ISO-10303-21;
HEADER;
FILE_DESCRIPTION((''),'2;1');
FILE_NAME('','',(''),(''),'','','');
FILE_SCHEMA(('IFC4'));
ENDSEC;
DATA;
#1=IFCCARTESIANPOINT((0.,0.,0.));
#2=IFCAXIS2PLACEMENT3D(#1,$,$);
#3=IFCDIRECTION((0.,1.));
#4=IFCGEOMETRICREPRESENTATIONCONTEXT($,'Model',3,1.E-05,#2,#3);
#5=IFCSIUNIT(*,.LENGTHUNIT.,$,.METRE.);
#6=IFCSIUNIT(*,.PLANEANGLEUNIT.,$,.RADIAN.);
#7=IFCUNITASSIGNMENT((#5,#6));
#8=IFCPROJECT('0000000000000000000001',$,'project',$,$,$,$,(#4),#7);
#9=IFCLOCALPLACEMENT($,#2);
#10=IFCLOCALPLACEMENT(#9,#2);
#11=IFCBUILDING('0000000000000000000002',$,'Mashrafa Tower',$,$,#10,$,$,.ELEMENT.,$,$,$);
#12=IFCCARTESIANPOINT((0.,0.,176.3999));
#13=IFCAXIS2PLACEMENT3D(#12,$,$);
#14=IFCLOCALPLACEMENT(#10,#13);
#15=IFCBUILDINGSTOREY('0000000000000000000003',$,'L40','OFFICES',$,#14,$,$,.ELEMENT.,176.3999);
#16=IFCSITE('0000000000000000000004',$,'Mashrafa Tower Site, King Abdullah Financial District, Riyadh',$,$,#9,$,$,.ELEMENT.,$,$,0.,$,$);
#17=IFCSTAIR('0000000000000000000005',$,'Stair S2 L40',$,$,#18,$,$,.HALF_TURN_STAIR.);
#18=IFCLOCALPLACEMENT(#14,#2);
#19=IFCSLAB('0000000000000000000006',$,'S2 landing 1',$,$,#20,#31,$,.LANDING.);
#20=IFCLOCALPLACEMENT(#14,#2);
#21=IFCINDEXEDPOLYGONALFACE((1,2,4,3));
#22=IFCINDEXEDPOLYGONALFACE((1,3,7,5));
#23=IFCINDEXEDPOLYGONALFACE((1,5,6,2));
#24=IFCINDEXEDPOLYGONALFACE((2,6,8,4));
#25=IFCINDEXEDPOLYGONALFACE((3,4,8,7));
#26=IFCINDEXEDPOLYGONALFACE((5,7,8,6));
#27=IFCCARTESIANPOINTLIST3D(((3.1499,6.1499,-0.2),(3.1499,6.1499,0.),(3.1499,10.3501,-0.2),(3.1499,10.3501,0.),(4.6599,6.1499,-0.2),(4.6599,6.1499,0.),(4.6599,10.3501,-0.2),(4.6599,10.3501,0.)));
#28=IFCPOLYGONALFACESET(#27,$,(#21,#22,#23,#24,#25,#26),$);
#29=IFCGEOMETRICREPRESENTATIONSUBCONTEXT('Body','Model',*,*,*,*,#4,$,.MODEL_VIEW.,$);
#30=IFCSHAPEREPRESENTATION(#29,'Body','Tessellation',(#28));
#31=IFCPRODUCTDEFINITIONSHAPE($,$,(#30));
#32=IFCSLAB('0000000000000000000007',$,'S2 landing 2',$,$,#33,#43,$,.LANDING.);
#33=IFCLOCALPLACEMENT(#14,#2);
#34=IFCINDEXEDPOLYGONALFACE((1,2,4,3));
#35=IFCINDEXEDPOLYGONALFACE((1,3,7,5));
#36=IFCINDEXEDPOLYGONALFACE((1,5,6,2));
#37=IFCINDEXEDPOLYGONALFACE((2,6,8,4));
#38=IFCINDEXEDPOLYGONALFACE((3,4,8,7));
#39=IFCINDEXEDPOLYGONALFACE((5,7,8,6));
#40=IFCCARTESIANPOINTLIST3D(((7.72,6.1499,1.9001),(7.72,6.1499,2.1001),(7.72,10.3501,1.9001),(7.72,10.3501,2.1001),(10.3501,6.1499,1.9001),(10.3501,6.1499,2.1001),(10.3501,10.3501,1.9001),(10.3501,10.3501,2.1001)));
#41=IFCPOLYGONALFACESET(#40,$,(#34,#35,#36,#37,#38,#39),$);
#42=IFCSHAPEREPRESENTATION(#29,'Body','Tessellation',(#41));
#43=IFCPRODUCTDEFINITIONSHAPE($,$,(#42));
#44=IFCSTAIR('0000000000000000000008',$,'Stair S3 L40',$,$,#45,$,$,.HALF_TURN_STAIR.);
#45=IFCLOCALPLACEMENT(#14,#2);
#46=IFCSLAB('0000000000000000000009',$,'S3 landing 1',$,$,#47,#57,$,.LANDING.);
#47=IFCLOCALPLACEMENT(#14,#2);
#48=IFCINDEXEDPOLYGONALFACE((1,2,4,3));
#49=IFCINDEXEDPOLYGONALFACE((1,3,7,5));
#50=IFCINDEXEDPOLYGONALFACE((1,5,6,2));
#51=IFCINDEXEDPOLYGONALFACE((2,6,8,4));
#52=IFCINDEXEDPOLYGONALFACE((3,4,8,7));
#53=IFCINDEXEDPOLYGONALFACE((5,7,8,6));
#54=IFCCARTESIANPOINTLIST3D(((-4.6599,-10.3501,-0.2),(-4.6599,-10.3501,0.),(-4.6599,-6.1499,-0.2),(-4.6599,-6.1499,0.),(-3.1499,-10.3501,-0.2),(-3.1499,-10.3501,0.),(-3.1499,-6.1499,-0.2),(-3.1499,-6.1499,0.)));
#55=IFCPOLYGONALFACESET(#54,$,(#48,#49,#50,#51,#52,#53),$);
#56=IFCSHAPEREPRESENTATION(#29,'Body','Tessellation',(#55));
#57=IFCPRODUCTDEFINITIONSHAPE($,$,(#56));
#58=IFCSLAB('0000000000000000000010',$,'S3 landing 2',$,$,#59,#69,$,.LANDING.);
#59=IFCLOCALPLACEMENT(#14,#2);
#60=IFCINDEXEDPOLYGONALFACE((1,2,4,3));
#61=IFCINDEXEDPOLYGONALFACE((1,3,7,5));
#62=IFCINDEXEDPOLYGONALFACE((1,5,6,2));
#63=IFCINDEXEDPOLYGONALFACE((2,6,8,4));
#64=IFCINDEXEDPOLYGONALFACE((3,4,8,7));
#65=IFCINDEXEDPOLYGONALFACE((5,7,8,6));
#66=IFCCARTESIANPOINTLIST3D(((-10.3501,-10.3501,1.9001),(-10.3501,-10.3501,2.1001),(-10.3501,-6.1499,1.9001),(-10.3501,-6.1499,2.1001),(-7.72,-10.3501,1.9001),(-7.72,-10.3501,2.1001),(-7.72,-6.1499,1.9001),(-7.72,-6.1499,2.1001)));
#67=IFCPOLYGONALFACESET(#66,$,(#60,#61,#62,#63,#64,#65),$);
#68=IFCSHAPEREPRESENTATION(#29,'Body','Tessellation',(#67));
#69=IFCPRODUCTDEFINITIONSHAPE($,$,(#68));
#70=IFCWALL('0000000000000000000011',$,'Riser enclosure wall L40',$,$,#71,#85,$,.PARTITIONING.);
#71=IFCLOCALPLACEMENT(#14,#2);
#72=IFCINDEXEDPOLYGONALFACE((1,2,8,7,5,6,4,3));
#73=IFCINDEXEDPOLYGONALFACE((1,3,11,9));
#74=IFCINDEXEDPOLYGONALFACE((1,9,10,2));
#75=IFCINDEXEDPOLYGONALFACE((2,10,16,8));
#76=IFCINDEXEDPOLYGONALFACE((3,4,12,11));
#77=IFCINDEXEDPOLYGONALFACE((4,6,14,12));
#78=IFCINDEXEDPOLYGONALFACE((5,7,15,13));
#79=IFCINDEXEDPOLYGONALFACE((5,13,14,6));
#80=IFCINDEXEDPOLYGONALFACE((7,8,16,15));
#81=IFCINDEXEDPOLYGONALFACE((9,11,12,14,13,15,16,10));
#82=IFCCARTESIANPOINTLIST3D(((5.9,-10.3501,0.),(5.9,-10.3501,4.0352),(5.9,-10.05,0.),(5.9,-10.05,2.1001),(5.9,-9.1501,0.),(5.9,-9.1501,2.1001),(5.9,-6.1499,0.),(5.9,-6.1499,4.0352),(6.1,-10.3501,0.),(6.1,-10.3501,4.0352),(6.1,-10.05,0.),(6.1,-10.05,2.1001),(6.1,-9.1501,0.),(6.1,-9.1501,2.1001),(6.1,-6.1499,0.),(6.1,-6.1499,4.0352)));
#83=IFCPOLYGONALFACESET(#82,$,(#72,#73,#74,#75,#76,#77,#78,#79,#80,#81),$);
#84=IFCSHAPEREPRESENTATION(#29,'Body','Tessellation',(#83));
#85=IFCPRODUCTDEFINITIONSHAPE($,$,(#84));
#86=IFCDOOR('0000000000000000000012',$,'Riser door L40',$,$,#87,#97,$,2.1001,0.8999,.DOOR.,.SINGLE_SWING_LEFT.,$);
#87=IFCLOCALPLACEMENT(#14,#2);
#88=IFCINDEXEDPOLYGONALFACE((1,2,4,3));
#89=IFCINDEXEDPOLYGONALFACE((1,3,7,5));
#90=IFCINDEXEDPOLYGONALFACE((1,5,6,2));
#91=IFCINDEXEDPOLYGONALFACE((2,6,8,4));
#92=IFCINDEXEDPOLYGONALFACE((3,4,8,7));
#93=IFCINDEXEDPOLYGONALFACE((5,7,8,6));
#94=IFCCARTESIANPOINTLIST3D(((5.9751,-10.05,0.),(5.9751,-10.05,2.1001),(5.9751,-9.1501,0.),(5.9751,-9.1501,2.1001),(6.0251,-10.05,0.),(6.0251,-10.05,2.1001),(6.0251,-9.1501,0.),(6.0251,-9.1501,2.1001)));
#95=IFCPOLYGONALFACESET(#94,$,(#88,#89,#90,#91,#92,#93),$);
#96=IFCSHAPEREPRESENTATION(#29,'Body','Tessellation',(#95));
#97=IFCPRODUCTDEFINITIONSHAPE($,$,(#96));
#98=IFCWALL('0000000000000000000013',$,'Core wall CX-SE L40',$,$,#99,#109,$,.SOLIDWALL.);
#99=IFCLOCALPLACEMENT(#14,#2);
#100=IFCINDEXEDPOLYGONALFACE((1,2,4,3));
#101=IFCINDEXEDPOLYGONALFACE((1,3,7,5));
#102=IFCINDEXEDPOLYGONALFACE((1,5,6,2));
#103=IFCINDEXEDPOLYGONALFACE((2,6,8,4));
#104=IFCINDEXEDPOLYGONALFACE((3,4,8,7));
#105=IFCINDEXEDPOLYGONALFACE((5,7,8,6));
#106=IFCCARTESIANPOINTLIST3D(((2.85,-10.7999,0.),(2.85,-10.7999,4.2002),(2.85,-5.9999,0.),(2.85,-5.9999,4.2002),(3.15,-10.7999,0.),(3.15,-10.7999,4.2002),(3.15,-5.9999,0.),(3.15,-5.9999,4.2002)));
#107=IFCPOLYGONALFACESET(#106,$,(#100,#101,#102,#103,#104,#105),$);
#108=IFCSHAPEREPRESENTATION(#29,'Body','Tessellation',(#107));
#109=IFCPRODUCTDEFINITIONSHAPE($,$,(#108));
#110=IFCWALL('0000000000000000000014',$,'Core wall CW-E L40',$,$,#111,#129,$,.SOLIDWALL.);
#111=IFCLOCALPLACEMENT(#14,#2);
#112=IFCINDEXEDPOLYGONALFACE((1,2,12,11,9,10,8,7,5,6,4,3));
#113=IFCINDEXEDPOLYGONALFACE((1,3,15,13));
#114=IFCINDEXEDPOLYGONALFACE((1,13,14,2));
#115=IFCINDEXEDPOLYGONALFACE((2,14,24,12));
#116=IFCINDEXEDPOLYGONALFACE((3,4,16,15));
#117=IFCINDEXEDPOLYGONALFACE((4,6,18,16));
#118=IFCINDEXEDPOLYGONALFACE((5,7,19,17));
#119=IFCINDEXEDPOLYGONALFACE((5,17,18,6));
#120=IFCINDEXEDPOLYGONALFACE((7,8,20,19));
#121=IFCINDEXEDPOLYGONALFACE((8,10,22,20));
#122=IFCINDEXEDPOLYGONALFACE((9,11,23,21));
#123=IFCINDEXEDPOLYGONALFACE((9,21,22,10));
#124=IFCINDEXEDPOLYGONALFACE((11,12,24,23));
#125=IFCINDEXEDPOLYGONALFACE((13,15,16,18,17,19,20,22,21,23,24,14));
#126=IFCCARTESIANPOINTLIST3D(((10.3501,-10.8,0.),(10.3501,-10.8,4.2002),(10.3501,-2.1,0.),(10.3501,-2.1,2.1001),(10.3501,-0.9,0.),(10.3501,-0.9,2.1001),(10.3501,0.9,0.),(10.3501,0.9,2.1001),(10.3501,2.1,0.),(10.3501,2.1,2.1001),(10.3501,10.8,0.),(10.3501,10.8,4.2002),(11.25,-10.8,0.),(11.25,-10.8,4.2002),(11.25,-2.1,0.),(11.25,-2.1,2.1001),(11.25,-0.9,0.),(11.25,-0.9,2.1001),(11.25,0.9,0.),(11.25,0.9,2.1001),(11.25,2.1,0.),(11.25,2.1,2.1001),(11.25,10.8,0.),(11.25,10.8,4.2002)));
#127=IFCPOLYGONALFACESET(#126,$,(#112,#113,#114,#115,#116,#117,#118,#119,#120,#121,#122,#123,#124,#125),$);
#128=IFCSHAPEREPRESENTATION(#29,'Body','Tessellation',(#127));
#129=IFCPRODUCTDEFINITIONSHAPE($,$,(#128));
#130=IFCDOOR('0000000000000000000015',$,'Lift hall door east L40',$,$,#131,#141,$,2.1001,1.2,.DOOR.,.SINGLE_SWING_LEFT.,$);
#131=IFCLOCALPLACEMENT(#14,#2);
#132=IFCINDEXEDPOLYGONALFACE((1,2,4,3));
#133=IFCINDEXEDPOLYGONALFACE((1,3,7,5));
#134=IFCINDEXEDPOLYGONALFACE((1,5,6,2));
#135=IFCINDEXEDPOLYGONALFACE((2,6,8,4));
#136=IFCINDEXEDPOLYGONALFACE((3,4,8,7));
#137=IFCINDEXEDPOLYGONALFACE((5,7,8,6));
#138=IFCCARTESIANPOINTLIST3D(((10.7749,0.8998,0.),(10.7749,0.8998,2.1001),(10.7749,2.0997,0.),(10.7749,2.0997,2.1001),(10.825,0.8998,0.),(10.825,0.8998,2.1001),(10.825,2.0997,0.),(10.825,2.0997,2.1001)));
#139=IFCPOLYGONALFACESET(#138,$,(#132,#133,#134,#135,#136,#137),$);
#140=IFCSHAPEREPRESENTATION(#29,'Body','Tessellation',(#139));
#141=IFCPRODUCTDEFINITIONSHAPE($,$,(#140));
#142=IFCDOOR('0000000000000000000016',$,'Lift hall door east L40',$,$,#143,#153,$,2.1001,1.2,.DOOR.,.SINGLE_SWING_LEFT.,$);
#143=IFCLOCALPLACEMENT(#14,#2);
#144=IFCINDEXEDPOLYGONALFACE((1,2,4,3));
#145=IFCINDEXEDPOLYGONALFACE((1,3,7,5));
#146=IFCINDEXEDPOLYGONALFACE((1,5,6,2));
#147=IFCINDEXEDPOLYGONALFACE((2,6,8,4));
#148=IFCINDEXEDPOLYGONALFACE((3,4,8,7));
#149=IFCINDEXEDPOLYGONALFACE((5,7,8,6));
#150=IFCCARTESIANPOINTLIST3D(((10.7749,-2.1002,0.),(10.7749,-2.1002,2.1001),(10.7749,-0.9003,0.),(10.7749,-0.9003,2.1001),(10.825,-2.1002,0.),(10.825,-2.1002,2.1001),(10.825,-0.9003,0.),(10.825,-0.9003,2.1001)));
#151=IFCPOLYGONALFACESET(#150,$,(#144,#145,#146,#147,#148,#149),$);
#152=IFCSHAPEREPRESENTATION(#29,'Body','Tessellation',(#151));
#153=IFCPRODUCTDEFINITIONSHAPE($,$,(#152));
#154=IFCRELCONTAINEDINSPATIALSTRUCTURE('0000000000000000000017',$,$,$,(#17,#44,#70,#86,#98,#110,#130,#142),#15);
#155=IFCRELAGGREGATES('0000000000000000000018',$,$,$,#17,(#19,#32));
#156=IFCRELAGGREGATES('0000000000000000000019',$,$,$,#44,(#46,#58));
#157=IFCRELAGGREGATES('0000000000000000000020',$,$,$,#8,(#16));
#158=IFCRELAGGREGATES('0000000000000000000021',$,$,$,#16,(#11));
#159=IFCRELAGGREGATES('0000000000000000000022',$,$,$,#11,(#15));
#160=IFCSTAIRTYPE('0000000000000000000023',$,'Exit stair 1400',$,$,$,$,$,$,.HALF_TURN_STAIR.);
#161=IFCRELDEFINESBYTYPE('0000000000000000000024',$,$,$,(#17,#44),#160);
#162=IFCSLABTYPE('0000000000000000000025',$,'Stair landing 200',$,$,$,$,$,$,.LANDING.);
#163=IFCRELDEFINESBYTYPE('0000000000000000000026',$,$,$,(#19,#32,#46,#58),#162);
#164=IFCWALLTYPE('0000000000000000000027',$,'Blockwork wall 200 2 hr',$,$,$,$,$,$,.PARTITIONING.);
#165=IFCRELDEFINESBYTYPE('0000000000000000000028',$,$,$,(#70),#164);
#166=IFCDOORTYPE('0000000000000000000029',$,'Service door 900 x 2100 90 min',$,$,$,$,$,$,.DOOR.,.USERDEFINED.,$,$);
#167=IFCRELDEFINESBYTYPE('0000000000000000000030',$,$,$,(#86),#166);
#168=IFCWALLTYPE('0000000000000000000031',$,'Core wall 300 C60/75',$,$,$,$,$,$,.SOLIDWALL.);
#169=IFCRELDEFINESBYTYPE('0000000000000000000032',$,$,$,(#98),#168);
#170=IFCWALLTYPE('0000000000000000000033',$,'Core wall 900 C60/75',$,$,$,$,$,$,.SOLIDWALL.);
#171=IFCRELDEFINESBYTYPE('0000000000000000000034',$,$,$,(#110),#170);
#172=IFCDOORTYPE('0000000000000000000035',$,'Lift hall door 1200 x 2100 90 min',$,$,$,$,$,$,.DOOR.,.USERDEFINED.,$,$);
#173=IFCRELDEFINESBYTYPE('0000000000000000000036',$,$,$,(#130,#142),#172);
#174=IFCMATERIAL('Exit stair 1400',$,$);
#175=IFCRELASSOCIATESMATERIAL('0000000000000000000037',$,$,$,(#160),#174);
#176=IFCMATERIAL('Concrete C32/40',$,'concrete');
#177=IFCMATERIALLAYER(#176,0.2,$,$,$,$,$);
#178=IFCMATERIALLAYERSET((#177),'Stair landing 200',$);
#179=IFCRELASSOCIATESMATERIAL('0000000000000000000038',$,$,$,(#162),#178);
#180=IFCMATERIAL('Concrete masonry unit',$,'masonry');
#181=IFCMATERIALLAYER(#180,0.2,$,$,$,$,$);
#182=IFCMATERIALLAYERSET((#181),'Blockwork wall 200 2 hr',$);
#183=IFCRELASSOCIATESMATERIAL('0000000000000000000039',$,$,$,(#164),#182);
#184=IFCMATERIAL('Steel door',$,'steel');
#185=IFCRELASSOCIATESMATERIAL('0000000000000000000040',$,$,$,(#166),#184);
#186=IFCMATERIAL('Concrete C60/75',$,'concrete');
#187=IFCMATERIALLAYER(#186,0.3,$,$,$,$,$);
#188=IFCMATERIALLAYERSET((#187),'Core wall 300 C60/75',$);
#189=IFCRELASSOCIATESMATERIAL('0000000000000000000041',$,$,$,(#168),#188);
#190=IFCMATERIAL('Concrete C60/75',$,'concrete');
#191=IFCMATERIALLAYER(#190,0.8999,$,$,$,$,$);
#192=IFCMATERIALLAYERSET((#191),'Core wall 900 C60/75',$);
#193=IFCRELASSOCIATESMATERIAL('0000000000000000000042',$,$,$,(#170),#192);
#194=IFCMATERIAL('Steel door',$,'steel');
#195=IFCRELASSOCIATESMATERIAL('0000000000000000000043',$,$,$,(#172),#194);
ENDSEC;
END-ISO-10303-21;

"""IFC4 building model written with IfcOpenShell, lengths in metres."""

from ifc_helpers import new_model, si_unit, direction, frame, frame_2d, origin, place, context, subcontext, project, spatial, polyline, rectangle, outline, extrude, material, layer, layer_set, type_object, element, fill, aggregate, save


model = new_model("IFC4")

# Units and contexts
model_context = context("Model", 3, precision=1e-05, world=origin(), true_north=direction((0.0, 1.0)))
body_context = subcontext(model_context, "Body", "Model", "MODEL_VIEW")
ifc_project = project(units=[si_unit("LENGTHUNIT", "METRE"), si_unit("PLANEANGLEUNIT", "RADIAN")], contexts=[model_context])

# Site, building, storey
site_placement = place(None, origin())
site = spatial("IfcSite", under=ifc_project, at=site_placement, Name="Mashrafa Tower Site, King Abdullah Financial District, Riyadh", CompositionType="ELEMENT", RefElevation=0.0)
building_placement = place(site_placement, origin())
building = spatial("IfcBuilding", under=site, at=building_placement, Name="Mashrafa Tower", CompositionType="ELEMENT")
storey_placement = place(building_placement, frame((0.0, 0.0, 176.3999)))
storey = spatial("IfcBuildingStorey", under=building, at=storey_placement, Name="L40", Description="OFFICES", CompositionType="ELEMENT", Elevation=176.3999)

# Stairs, slabs
ifc_material_1 = material(Name="Exit stair 1400")
stair_type = type_object("IfcStairType", Name="Exit stair 1400", PredefinedType="HALF_TURN_STAIR", material=ifc_material_1)
ifc_material_2 = material(Name="Concrete C32/40", Category="concrete")
ifc_layer_1 = layer(ifc_material_2, 0.2)
ifc_layer_set_1 = layer_set([ifc_layer_1], Name="Stair landing 200")
slab_type = type_object("IfcSlabType", Name="Stair landing 200", PredefinedType="LANDING", material=ifc_layer_set_1)
stair_1_placement = place(storey_placement, origin())
stair_1 = element("IfcStair", 1, at=stair_1_placement, inside=storey, type_object=stair_type, Name="Stair S2 L40", PredefinedType="HALF_TURN_STAIR")
slab_1_placement = place(storey_placement, frame((0.0, 0.0, -0.2)))
slab_1 = element("IfcSlab", 2, at=slab_1_placement, type_object=slab_type, Name="S2 landing 1", PredefinedType="LANDING", context=body_context, shape_type="SweptSolid", body=[
    extrude(outline(polyline([(3.1499, 6.1499), (4.6599, 6.1499), (4.6599, 10.3501), (3.1499, 10.3501), (3.1499, 6.1499)])), origin(), (0.0, 0.0, 1.0), 0.2),
])
slab_2_placement = place(storey_placement, frame((0.0, 0.0, 1.9001)))
slab_2 = element("IfcSlab", 3, at=slab_2_placement, type_object=slab_type, Name="S2 landing 2", PredefinedType="LANDING", context=body_context, shape_type="SweptSolid", body=[
    extrude(outline(polyline([(7.72, 6.1499), (10.3501, 6.1499), (10.3501, 10.3501), (7.72, 10.3501), (7.72, 6.1499)])), origin(), (0.0, 0.0, 1.0), 0.2),
])
aggregate(stair_1, [slab_1, slab_2])
stair_2_placement = place(storey_placement, origin())
stair_2 = element("IfcStair", 4, at=stair_2_placement, inside=storey, type_object=stair_type, Name="Stair S3 L40", PredefinedType="HALF_TURN_STAIR")
slab_3_placement = place(storey_placement, frame((0.0, 0.0, -0.2)))
slab_3 = element("IfcSlab", 5, at=slab_3_placement, type_object=slab_type, Name="S3 landing 1", PredefinedType="LANDING", context=body_context, shape_type="SweptSolid", body=[
    extrude(outline(polyline([(-4.6599, -10.3501), (-3.1499, -10.3501), (-3.1499, -6.1499), (-4.6599, -6.1499), (-4.6599, -10.3501)])), origin(), (0.0, 0.0, 1.0), 0.2),
])
slab_4_placement = place(storey_placement, frame((0.0, 0.0, 1.9001)))
slab_4 = element("IfcSlab", 6, at=slab_4_placement, type_object=slab_type, Name="S3 landing 2", PredefinedType="LANDING", context=body_context, shape_type="SweptSolid", body=[
    extrude(outline(polyline([(-10.3501, -10.3501), (-7.72, -10.3501), (-7.72, -6.1499), (-10.3501, -6.1499), (-10.3501, -10.3501)])), origin(), (0.0, 0.0, 1.0), 0.2),
])
aggregate(stair_2, [slab_3, slab_4])

# Wall, opening, door
ifc_material_3 = material(Name="Concrete masonry unit", Category="masonry")
ifc_layer_2 = layer(ifc_material_3, 0.2)
ifc_layer_set_2 = layer_set([ifc_layer_2], Name="Blockwork wall 200 2 hr")
wall_type_1 = type_object("IfcWallType", Name="Blockwork wall 200 2 hr", PredefinedType="PARTITIONING", material=ifc_layer_set_2)
wall_1_placement = place(storey_placement, frame((6.0, -10.3501, 0.0), z_axis=(0.0, 0.0, 1.0), x_axis=(0.0, 1.0, 0.0)))
wall_1 = element("IfcWall", 7, at=wall_1_placement, inside=storey, type_object=wall_type_1, Name="Riser enclosure wall L40", PredefinedType="PARTITIONING", context=body_context, shape_type="SweptSolid", body=[
    extrude(rectangle(XDim=4.2002, YDim=0.2, at=frame_2d((2.1001, 0.0))), origin(), (0.0, 0.0, 1.0), 4.0352),
])
opening_1_placement = place(wall_1_placement, frame((0.3, 0.0, 0.0)))
opening_1 = element("IfcOpeningElement", 8, at=opening_1_placement, cuts=wall_1, PredefinedType="OPENING", context=body_context, shape_type="SweptSolid", body=[
    extrude(rectangle(XDim=0.8999, YDim=2.1001, at=frame_2d((0.45, 1.05))), frame((0.0, 0.1099, 0.0), z_axis=(0.0, -1.0, 0.0), x_axis=(1.0, 0.0, 0.0)), (0.0, 0.0, 1.0), 0.22),
])
ifc_material_4 = material(Name="Steel door", Category="steel")
door_type_1 = type_object("IfcDoorType", Name="Service door 900 x 2100 90 min", OperationType="USERDEFINED", PredefinedType="DOOR", material=ifc_material_4)
door_1_placement = place(opening_1_placement, origin())
door_1 = element("IfcDoor", 9, at=door_1_placement, inside=storey, type_object=door_type_1, Name="Riser door L40", OperationType="SINGLE_SWING_LEFT", OverallHeight=2.1001, OverallWidth=0.8999, PredefinedType="DOOR", context=body_context, shape_type="SweptSolid", body=[
    extrude(rectangle(XDim=0.8999, YDim=2.1001, at=frame_2d((0.45, 1.05))), frame((0.0, 0.0249, 0.0), z_axis=(0.0, -1.0, 0.0), x_axis=(1.0, 0.0, 0.0)), (0.0, 0.0, 1.0), 0.05),
])
fill(opening_1, door_1)

# Wall
ifc_material_5 = material(Name="Concrete C60/75", Category="concrete")
ifc_layer_3 = layer(ifc_material_5, 0.3)
ifc_layer_set_3 = layer_set([ifc_layer_3], Name="Core wall 300 C60/75")
wall_type_2 = type_object("IfcWallType", Name="Core wall 300 C60/75", PredefinedType="SOLIDWALL", material=ifc_layer_set_3)
wall_2_placement = place(storey_placement, frame((3.0, -6.0, 0.0), z_axis=(0.0, 0.0, 1.0), x_axis=(0.0, -1.0, 0.0)))
element("IfcWall", 10, at=wall_2_placement, inside=storey, type_object=wall_type_2, Name="Core wall CX-SE L40", PredefinedType="SOLIDWALL", context=body_context, shape_type="SweptSolid", body=[
    extrude(rectangle(XDim=4.8, YDim=0.3, at=frame_2d((2.3999, 0.0))), origin(), (0.0, 0.0, 1.0), 4.2002),
])

# Wall, openings, doors
ifc_material_6 = material(Name="Concrete C60/75", Category="concrete")
ifc_layer_4 = layer(ifc_material_6, 0.8999)
ifc_layer_set_4 = layer_set([ifc_layer_4], Name="Core wall 900 C60/75")
wall_type_3 = type_object("IfcWallType", Name="Core wall 900 C60/75", PredefinedType="SOLIDWALL", material=ifc_layer_set_4)
wall_3_placement = place(storey_placement, frame((10.8, -10.8, 0.0), z_axis=(0.0, 0.0, 1.0), x_axis=(0.0, 1.0, 0.0)))
wall_3 = element("IfcWall", 11, at=wall_3_placement, inside=storey, type_object=wall_type_3, Name="Core wall CW-E L40", PredefinedType="SOLIDWALL", context=body_context, shape_type="SweptSolid", body=[
    extrude(rectangle(XDim=21.6001, YDim=0.8999, at=frame_2d((10.8, 0.0))), origin(), (0.0, 0.0, 1.0), 4.2002),
])
opening_2_placement = place(wall_3_placement, frame((11.7, 0.0, 0.0)))
opening_2 = element("IfcOpeningElement", 12, at=opening_2_placement, cuts=wall_3, PredefinedType="OPENING", context=body_context, shape_type="SweptSolid", body=[
    extrude(rectangle(XDim=1.2, YDim=2.1001, at=frame_2d((0.6001, 1.05))), frame((0.0, 0.46, 0.0), z_axis=(0.0, -1.0, 0.0), x_axis=(1.0, 0.0, 0.0)), (0.0, 0.0, 1.0), 0.9199),
])
opening_3_placement = place(wall_3_placement, frame((8.7, 0.0, 0.0)))
opening_3 = element("IfcOpeningElement", 13, at=opening_3_placement, cuts=wall_3, PredefinedType="OPENING", context=body_context, shape_type="SweptSolid", body=[
    extrude(rectangle(XDim=1.2, YDim=2.1001, at=frame_2d((0.6001, 1.05))), frame((0.0, 0.46, 0.0), z_axis=(0.0, -1.0, 0.0), x_axis=(1.0, 0.0, 0.0)), (0.0, 0.0, 1.0), 0.9199),
])
ifc_material_7 = material(Name="Steel door", Category="steel")
door_type_2 = type_object("IfcDoorType", Name="Lift hall door 1200 x 2100 90 min", OperationType="USERDEFINED", PredefinedType="DOOR", material=ifc_material_7)
door_2_placement = place(opening_2_placement, frame((1.2, 0.0, 0.0), z_axis=(0.0, 0.0, 1.0), x_axis=(-1.0, 0.0, 0.0)))
door_2 = element("IfcDoor", 14, at=door_2_placement, inside=storey, type_object=door_type_2, Name="Lift hall door east L40", OperationType="SINGLE_SWING_LEFT", OverallHeight=2.1001, OverallWidth=1.2, PredefinedType="DOOR", context=body_context, shape_type="SweptSolid", body=[
    extrude(rectangle(XDim=1.2, YDim=2.1001, at=frame_2d((0.6001, 1.05))), frame((0.0, 0.0249, 0.0), z_axis=(0.0, -1.0, 0.0), x_axis=(1.0, 0.0, 0.0)), (0.0, 0.0, 1.0), 0.05),
])
fill(opening_2, door_2)
door_3_placement = place(opening_3_placement, frame((1.2, 0.0, 0.0), z_axis=(0.0, 0.0, 1.0), x_axis=(-1.0, 0.0, 0.0)))
door_3 = element("IfcDoor", 15, at=door_3_placement, inside=storey, type_object=door_type_2, Name="Lift hall door east L40", OperationType="SINGLE_SWING_LEFT", OverallHeight=2.1001, OverallWidth=1.2, PredefinedType="DOOR", context=body_context, shape_type="SweptSolid", body=[
    extrude(rectangle(XDim=1.2, YDim=2.1001, at=frame_2d((0.6001, 1.05))), frame((0.0, 0.0249, 0.0), z_axis=(0.0, -1.0, 0.0), x_axis=(1.0, 0.0, 0.0)), (0.0, 0.0, 1.0), 0.05),
])
fill(opening_3, door_3)

save(model, "model.ifc")
